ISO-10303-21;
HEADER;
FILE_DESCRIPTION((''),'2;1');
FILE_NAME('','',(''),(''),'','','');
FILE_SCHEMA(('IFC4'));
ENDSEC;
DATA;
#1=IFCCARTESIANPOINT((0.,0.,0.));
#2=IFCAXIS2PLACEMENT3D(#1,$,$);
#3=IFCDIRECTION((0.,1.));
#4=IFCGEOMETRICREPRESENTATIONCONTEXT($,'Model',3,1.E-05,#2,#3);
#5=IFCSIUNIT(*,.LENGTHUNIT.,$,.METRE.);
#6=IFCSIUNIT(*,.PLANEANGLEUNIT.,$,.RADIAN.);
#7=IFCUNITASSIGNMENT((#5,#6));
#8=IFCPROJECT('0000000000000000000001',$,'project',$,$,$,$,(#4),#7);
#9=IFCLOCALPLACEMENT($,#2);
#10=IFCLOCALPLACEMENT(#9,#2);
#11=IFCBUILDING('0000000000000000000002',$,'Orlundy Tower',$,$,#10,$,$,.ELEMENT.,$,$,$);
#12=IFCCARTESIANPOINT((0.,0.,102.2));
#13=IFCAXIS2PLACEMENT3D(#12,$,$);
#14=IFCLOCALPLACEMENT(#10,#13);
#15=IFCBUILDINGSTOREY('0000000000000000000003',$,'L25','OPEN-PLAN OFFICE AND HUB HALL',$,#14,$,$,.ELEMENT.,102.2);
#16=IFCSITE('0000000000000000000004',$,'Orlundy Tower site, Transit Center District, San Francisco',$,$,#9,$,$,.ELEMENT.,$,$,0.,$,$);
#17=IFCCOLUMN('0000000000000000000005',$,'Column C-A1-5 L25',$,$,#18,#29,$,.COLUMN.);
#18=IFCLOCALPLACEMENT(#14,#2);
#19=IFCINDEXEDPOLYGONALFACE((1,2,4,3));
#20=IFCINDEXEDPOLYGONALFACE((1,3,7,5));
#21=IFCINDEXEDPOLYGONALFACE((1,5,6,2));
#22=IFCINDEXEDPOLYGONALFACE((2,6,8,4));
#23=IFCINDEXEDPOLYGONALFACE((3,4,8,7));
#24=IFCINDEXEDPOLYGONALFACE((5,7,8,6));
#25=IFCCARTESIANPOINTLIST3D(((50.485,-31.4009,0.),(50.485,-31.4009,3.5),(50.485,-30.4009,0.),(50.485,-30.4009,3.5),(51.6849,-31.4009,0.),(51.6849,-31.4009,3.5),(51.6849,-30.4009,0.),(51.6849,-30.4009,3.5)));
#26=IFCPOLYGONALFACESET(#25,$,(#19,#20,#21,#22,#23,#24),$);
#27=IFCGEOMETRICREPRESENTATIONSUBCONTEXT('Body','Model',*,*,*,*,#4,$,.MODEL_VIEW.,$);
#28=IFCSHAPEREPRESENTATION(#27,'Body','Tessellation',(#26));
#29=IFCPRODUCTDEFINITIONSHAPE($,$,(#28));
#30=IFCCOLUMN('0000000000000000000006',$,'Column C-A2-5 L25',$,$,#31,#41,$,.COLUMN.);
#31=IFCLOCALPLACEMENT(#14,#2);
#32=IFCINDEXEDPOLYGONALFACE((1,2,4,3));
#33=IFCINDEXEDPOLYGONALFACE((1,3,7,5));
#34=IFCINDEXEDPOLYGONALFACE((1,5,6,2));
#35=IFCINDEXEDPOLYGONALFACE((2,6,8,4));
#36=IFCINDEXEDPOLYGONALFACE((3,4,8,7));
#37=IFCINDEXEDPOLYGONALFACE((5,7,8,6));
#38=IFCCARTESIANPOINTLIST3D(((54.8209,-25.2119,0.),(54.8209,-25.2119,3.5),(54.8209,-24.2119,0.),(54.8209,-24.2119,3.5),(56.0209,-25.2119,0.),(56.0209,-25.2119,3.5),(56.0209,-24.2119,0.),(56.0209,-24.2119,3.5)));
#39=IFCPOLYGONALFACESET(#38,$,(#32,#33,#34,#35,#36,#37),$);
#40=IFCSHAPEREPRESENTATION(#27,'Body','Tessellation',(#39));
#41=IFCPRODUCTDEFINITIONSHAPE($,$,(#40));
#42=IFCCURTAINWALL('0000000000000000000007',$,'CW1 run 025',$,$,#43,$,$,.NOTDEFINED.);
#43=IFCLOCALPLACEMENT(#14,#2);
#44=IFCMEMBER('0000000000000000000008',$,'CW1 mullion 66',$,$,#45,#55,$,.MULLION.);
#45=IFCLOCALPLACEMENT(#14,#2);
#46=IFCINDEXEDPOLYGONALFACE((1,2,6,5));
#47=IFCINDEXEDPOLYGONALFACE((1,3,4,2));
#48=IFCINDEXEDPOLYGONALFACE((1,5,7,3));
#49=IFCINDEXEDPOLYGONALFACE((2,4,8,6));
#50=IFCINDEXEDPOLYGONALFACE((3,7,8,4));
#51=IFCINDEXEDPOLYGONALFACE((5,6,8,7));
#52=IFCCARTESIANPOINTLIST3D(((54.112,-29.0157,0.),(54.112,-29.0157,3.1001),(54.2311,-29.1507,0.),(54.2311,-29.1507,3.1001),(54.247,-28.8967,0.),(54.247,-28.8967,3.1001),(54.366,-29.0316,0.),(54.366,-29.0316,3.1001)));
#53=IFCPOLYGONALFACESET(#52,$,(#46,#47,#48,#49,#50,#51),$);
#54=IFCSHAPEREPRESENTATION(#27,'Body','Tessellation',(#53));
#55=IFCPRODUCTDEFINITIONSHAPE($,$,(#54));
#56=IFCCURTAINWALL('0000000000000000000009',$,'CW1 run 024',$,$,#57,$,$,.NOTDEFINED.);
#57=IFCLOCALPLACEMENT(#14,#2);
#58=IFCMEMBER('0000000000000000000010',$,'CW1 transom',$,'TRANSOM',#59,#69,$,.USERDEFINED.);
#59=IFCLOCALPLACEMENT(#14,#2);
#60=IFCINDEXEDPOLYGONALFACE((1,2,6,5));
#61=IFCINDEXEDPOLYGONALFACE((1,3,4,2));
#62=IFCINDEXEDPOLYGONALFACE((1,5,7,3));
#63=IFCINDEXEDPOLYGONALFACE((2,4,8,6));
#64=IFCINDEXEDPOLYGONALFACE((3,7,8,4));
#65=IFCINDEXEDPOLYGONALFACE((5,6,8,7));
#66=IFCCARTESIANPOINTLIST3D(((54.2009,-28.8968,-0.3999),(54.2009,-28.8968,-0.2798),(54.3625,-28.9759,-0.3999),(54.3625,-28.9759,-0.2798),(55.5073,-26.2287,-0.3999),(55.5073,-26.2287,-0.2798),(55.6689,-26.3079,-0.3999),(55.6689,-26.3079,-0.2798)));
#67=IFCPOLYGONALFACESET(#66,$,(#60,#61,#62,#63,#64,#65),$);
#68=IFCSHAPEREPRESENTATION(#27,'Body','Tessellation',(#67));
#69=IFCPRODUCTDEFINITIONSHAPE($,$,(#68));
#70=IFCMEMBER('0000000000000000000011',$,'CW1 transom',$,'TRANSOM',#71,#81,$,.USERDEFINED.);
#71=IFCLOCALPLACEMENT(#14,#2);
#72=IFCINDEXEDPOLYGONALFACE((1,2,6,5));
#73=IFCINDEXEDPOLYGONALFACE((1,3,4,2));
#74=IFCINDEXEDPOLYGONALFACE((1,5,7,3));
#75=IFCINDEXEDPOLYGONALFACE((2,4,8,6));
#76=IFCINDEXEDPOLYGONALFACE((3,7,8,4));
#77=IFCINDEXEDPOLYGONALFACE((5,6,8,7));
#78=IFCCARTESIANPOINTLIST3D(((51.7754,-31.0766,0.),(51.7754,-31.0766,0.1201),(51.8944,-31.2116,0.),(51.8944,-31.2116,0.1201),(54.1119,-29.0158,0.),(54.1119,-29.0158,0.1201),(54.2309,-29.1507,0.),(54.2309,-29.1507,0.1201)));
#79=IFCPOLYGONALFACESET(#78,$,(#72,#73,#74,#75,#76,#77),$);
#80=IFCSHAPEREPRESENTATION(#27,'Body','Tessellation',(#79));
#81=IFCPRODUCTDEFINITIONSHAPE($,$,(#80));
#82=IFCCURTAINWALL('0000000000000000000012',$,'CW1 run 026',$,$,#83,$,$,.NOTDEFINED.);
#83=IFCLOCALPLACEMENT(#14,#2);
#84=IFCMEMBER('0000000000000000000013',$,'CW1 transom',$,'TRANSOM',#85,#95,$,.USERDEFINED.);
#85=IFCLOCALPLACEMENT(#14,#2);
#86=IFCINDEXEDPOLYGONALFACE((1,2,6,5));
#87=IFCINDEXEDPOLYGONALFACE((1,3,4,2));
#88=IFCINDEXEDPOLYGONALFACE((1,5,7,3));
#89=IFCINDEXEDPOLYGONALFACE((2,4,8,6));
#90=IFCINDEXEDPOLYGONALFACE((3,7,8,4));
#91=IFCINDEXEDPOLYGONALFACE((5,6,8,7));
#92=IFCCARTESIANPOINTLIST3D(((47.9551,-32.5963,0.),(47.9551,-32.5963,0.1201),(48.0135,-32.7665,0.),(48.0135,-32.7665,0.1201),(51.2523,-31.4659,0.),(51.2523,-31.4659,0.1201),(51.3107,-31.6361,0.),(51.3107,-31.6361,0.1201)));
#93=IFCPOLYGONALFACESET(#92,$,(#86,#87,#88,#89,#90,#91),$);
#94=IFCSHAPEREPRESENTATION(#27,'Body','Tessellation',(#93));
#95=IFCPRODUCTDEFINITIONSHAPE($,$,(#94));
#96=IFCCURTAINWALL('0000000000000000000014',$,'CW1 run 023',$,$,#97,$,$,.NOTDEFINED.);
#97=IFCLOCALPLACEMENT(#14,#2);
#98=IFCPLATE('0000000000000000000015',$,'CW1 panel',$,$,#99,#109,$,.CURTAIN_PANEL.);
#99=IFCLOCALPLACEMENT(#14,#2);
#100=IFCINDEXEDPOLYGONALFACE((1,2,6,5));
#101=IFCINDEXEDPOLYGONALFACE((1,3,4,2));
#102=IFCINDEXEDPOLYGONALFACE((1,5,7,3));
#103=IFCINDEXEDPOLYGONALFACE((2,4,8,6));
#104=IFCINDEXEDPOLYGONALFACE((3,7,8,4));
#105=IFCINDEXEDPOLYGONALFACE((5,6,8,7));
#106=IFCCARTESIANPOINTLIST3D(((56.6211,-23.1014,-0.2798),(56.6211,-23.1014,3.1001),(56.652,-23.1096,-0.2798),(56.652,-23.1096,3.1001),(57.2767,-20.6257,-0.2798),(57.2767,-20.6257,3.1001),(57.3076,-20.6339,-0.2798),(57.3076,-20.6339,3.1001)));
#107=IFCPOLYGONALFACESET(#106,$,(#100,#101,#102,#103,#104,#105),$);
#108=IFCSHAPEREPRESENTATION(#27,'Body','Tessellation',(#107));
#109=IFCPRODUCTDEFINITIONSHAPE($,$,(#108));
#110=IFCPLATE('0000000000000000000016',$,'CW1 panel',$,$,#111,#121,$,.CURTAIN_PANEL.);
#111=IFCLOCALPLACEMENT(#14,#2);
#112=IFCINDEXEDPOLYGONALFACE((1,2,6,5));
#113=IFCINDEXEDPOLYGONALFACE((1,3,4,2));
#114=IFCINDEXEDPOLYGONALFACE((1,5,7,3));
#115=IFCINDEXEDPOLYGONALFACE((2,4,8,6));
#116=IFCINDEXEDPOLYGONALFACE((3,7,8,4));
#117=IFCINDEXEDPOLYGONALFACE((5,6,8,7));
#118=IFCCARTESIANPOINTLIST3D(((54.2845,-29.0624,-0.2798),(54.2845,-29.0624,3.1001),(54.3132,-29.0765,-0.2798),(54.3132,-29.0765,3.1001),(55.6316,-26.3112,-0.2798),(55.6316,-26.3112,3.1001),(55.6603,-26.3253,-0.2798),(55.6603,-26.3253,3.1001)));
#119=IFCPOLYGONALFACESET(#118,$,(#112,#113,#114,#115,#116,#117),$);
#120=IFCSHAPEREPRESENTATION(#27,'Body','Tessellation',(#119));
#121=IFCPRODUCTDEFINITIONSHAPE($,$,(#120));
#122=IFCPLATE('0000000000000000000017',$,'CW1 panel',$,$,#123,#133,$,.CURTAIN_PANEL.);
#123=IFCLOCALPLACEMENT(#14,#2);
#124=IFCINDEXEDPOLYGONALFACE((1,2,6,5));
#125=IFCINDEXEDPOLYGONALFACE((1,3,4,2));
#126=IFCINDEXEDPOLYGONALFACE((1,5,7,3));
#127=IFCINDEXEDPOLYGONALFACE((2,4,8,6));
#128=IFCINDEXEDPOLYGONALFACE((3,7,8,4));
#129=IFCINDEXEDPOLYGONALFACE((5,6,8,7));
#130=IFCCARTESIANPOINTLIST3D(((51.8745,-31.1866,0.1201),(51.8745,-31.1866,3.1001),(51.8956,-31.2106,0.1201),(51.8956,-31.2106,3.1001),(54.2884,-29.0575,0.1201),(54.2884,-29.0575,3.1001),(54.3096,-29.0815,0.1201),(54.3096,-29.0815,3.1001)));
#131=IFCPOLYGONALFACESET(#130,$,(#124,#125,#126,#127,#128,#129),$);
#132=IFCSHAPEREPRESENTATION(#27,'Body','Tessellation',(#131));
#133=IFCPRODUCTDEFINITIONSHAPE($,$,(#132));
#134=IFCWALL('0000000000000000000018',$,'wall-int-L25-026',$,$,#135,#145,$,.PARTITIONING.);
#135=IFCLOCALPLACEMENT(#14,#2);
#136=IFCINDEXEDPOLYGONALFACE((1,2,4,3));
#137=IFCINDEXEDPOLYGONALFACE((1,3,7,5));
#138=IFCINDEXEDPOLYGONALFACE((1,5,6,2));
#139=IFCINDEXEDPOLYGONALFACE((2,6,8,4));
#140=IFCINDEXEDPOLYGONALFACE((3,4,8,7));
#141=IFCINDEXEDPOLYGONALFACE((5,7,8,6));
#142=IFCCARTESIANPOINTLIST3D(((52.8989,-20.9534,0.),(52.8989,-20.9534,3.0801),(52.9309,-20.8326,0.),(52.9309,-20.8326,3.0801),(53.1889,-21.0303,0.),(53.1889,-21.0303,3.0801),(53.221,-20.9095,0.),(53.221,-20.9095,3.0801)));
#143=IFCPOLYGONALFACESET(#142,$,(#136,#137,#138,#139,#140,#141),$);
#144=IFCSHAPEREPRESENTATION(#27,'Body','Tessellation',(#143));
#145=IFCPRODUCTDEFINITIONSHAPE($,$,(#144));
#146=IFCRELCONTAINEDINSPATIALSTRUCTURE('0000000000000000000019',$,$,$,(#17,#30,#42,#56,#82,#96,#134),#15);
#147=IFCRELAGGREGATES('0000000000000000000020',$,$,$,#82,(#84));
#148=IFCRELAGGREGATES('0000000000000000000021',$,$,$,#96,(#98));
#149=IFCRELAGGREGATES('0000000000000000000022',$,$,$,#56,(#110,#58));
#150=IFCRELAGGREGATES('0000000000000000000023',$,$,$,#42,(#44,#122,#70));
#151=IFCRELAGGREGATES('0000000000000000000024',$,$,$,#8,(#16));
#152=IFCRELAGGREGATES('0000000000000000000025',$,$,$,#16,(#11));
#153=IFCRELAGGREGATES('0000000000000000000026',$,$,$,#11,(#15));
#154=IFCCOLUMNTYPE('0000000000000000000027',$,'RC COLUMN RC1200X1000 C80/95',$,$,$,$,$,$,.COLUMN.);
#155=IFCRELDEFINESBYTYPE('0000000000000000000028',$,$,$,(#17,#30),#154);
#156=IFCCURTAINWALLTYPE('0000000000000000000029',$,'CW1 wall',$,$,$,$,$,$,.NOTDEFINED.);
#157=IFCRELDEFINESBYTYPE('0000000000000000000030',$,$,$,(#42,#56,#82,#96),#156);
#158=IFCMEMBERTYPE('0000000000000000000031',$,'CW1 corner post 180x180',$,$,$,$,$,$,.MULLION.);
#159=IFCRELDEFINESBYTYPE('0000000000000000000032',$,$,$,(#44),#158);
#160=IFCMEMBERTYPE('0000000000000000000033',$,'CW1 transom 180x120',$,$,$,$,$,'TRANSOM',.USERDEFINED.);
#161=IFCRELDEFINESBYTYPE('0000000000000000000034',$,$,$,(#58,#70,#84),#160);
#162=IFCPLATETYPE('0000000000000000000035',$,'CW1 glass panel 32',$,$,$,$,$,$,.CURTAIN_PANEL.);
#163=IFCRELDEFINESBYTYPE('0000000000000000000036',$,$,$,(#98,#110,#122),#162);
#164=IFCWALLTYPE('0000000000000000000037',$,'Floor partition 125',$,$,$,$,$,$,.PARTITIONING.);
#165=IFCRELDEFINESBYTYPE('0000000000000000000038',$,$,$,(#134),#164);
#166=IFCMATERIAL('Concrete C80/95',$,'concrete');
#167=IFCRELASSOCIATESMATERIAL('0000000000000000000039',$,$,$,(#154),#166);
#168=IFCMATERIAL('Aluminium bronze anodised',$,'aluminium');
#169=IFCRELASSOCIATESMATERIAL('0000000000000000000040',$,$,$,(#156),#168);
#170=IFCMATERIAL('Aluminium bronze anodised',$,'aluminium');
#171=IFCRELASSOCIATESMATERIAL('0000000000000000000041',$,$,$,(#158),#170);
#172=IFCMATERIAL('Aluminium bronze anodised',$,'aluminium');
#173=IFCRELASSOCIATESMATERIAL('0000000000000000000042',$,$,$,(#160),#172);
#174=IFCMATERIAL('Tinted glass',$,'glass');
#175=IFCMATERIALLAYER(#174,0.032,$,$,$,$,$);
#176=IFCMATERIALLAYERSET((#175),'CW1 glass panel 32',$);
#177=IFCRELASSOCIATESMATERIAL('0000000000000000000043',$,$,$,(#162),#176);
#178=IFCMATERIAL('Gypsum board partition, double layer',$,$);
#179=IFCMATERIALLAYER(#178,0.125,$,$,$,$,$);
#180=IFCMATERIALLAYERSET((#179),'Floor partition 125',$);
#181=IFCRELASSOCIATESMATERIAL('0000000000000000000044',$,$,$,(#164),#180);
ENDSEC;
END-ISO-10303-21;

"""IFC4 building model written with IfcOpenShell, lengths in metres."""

from ifc_helpers import new_model, si_unit, direction, frame, frame_2d, origin, origin_2d, place, context, subcontext, project, spatial, rectangle, extrude, material, layer, layer_set, material_profile, profile_set, type_object, element, aggregate, save


model = new_model("IFC4")

# Units and contexts
model_context = context("Model", 3, precision=1e-05, world=origin(), true_north=direction((0.0, 1.0)))
body_context = subcontext(model_context, "Body", "Model", "MODEL_VIEW")
ifc_project = project(units=[si_unit("LENGTHUNIT", "METRE"), si_unit("PLANEANGLEUNIT", "RADIAN")], contexts=[model_context])

# Site, building, storey
site_placement = place(None, origin())
site = spatial("IfcSite", under=ifc_project, at=site_placement, Name="Orlundy Tower site, Transit Center District, San Francisco", CompositionType="ELEMENT", RefElevation=0.0)
building_placement = place(site_placement, origin())
building = spatial("IfcBuilding", under=site, at=building_placement, Name="Orlundy Tower", CompositionType="ELEMENT")
storey_placement = place(building_placement, frame((0.0, 0.0, 102.2)))
storey = spatial("IfcBuildingStorey", under=building, at=storey_placement, Name="L25", Description="OPEN-PLAN OFFICE AND HUB HALL", CompositionType="ELEMENT", Elevation=102.2)

# Columns
ifc_material_1 = material(Name="Concrete C80/95", Category="concrete")
ifc_material_profile_1 = material_profile(ifc_material_1, rectangle(XDim=1.2, YDim=1.0, at=origin_2d()), Name="RC1200X1000")
ifc_profile_set_1 = profile_set([ifc_material_profile_1], Name="Concrete C80/95")
column_type = type_object("IfcColumnType", Name="RC COLUMN RC1200X1000 C80/95", PredefinedType="COLUMN", material=ifc_profile_set_1)
for number, where, z_axis, x_axis, name in (
    (1, (51.085, -30.9009, 0.0), (0.0, 0.0, 1.0), (1.0, 0.0, 0.0), "Column C-A1-5 L25"),
    (2, (55.4209, -24.7119, 0.0), (0.0, 0.0, 1.0), (1.0, 0.0, 0.0), "Column C-A2-5 L25"),
):
    element("IfcColumn", number, at=place(storey_placement, frame(where, z_axis=z_axis, x_axis=x_axis)), inside=storey, type_object=column_type, Name=name, PredefinedType="COLUMN", context=body_context, shape_type="SweptSolid", body=[
        extrude(rectangle(XDim=1.2, YDim=1.0, at=origin_2d()), origin(), (0.0, 0.0, 1.0), 3.5),
    ])

# Curtain walls, members
ifc_material_2 = material(Name="Aluminium bronze anodised", Category="aluminium")
curtain_wall_type = type_object("IfcCurtainWallType", Name="CW1 wall", PredefinedType="NOTDEFINED", material=ifc_material_2)
curtain_wall_1_placement = place(storey_placement, origin())
curtain_wall_1 = element("IfcCurtainWall", 3, at=curtain_wall_1_placement, inside=storey, type_object=curtain_wall_type, Name="CW1 run 025", PredefinedType="NOTDEFINED")
ifc_material_3 = material(Name="Aluminium bronze anodised", Category="aluminium")
ifc_material_profile_2 = material_profile(ifc_material_3, rectangle(XDim=0.1799, YDim=0.1799, at=origin_2d()), Name="CW1 corner post 180x180")
ifc_profile_set_2 = profile_set([ifc_material_profile_2], Name="Aluminium bronze anodised")
member_type_1 = type_object("IfcMemberType", Name="CW1 corner post 180x180", PredefinedType="MULLION", material=ifc_profile_set_2)
member_1_placement = place(storey_placement, frame((54.239, -29.0237, 0.0), z_axis=(0.0, 0.0, 1.0), x_axis=(0.661479, -0.749964, 0.0)))
member_1 = element("IfcMember", 4, at=member_1_placement, type_object=member_type_1, Name="CW1 mullion 66", PredefinedType="MULLION", context=body_context, shape_type="SweptSolid", body=[
    extrude(rectangle(XDim=0.1799, YDim=0.1799, at=origin_2d()), origin(), (0.0, 0.0, 1.0), 3.1001),
])
curtain_wall_2_placement = place(storey_placement, origin())
curtain_wall_2 = element("IfcCurtainWall", 5, at=curtain_wall_2_placement, inside=storey, type_object=curtain_wall_type, Name="CW1 run 024", PredefinedType="NOTDEFINED")
ifc_material_4 = material(Name="Aluminium bronze anodised", Category="aluminium")
ifc_material_profile_3 = material_profile(ifc_material_4, rectangle(XDim=0.1799, YDim=0.1201, at=origin_2d()), Name="CW1 transom 180x120")
ifc_profile_set_3 = profile_set([ifc_material_profile_3], Name="Aluminium bronze anodised")
member_type_2 = type_object("IfcMemberType", Name="CW1 transom 180x120", ElementType="TRANSOM", PredefinedType="USERDEFINED", material=ifc_profile_set_3)
member_2_placement = place(storey_placement, frame((55.5881, -26.2683, -0.3398), z_axis=(-0.439769, -0.898111, 0.0), x_axis=(0.898111, -0.439769, 0.0)))
member_2 = element("IfcMember", 6, at=member_2_placement, type_object=member_type_2, Name="CW1 transom", ObjectType="TRANSOM", PredefinedType="USERDEFINED", context=body_context, shape_type="SweptSolid", body=[
    extrude(rectangle(XDim=0.1799, YDim=0.1201, at=origin_2d()), origin(), (0.0, 0.0, 1.0), 2.9707),
])

# Member
member_3_placement = place(storey_placement, frame((54.1714, -29.0833, 0.0601), z_axis=(-0.749959, -0.661484, 0.0), x_axis=(0.661484, -0.749959, 0.0)))
member_3 = element("IfcMember", 7, at=member_3_placement, type_object=member_type_2, Name="CW1 transom", ObjectType="TRANSOM", PredefinedType="USERDEFINED", context=body_context, shape_type="SweptSolid", body=[
    extrude(rectangle(XDim=0.1799, YDim=0.1201, at=origin_2d()), origin(), (0.0, 0.0, 1.0), 3.1155),
])

# Curtain wall, member
curtain_wall_3_placement = place(storey_placement, origin())
curtain_wall_3 = element("IfcCurtainWall", 8, at=curtain_wall_3_placement, inside=storey, type_object=curtain_wall_type, Name="CW1 run 026", PredefinedType="NOTDEFINED")
member_4_placement = place(storey_placement, frame((51.2815, -31.551, 0.0601), z_axis=(-0.945952, -0.324306, 0.0), x_axis=(0.324306, -0.945952, 0.0)))
member_4 = element("IfcMember", 9, at=member_4_placement, type_object=member_type_2, Name="CW1 transom", ObjectType="TRANSOM", PredefinedType="USERDEFINED", context=body_context, shape_type="SweptSolid", body=[
    extrude(rectangle(XDim=0.1799, YDim=0.1201, at=origin_2d()), origin(), (0.0, 0.0, 1.0), 3.4856),
])
aggregate(curtain_wall_3, [member_4])

# Curtain wall, plate
curtain_wall_4_placement = place(storey_placement, origin())
curtain_wall_4 = element("IfcCurtainWall", 10, at=curtain_wall_4_placement, inside=storey, type_object=curtain_wall_type, Name="CW1 run 023", PredefinedType="NOTDEFINED")
ifc_material_5 = material(Name="Tinted glass", Category="glass")
ifc_layer_1 = layer(ifc_material_5, 0.032)
ifc_layer_set_1 = layer_set([ifc_layer_1], Name="CW1 glass panel 32")
plate_type = type_object("IfcPlateType", Name="CW1 glass panel 32", PredefinedType="CURTAIN_PANEL", material=ifc_layer_set_1)
plate_1_placement = place(storey_placement, frame((56.9644, -21.8677, -0.2798), z_axis=(0.0, 0.0, 1.0), x_axis=(-0.255991, -0.966679, 0.0)))
plate_1 = element("IfcPlate", 11, at=plate_1_placement, type_object=plate_type, Name="CW1 panel", PredefinedType="CURTAIN_PANEL", context=body_context, shape_type="SweptSolid", body=[
    extrude(rectangle(XDim=2.561, YDim=0.032, at=origin_2d()), origin(), (0.0, 0.0, 1.0), 3.3799),
])
aggregate(curtain_wall_4, [plate_1])

# Plates
plate_2_placement = place(storey_placement, frame((54.9724, -27.6938, -0.2798), z_axis=(0.0, 0.0, 1.0), x_axis=(-0.439752, -0.898119, 0.0)))
plate_2 = element("IfcPlate", 12, at=plate_2_placement, type_object=plate_type, Name="CW1 panel", PredefinedType="CURTAIN_PANEL", context=body_context, shape_type="SweptSolid", body=[
    extrude(rectangle(XDim=3.0632, YDim=0.032, at=origin_2d()), origin(), (0.0, 0.0, 1.0), 3.3799),
])
aggregate(curtain_wall_2, [plate_2, member_2])
plate_3_placement = place(storey_placement, frame((53.092, -30.134, 0.1201), z_axis=(0.0, 0.0, 1.0), x_axis=(-0.749964, -0.661479, 0.0)))
plate_3 = element("IfcPlate", 13, at=plate_3_placement, type_object=plate_type, Name="CW1 panel", PredefinedType="CURTAIN_PANEL", context=body_context, shape_type="SweptSolid", body=[
    extrude(rectangle(XDim=3.2188, YDim=0.032, at=origin_2d()), origin(), (0.0, 0.0, 1.0), 2.98),
])
aggregate(curtain_wall_1, [member_1, plate_3, member_3])

# Wall
ifc_material_6 = material(Name="Gypsum board partition, double layer")
ifc_layer_2 = layer(ifc_material_6, 0.125)
ifc_layer_set_2 = layer_set([ifc_layer_2], Name="Floor partition 125")
wall_type = type_object("IfcWallType", Name="Floor partition 125", PredefinedType="PARTITIONING", material=ifc_layer_set_2)
wall_1_placement = place(storey_placement, frame((52.915, -20.8931, 0.0), z_axis=(0.0, 0.0, 1.0), x_axis=(0.966599, -0.256295, 0.0)))
element("IfcWall", 14, at=wall_1_placement, inside=storey, type_object=wall_type, Name="wall-int-L25-026", PredefinedType="PARTITIONING", context=body_context, shape_type="SweptSolid", body=[
    extrude(rectangle(XDim=0.3, YDim=0.125, at=frame_2d((0.1499, 0.0))), origin(), (0.0, 0.0, 1.0), 3.0801),
])

save(model, "model.ifc")
